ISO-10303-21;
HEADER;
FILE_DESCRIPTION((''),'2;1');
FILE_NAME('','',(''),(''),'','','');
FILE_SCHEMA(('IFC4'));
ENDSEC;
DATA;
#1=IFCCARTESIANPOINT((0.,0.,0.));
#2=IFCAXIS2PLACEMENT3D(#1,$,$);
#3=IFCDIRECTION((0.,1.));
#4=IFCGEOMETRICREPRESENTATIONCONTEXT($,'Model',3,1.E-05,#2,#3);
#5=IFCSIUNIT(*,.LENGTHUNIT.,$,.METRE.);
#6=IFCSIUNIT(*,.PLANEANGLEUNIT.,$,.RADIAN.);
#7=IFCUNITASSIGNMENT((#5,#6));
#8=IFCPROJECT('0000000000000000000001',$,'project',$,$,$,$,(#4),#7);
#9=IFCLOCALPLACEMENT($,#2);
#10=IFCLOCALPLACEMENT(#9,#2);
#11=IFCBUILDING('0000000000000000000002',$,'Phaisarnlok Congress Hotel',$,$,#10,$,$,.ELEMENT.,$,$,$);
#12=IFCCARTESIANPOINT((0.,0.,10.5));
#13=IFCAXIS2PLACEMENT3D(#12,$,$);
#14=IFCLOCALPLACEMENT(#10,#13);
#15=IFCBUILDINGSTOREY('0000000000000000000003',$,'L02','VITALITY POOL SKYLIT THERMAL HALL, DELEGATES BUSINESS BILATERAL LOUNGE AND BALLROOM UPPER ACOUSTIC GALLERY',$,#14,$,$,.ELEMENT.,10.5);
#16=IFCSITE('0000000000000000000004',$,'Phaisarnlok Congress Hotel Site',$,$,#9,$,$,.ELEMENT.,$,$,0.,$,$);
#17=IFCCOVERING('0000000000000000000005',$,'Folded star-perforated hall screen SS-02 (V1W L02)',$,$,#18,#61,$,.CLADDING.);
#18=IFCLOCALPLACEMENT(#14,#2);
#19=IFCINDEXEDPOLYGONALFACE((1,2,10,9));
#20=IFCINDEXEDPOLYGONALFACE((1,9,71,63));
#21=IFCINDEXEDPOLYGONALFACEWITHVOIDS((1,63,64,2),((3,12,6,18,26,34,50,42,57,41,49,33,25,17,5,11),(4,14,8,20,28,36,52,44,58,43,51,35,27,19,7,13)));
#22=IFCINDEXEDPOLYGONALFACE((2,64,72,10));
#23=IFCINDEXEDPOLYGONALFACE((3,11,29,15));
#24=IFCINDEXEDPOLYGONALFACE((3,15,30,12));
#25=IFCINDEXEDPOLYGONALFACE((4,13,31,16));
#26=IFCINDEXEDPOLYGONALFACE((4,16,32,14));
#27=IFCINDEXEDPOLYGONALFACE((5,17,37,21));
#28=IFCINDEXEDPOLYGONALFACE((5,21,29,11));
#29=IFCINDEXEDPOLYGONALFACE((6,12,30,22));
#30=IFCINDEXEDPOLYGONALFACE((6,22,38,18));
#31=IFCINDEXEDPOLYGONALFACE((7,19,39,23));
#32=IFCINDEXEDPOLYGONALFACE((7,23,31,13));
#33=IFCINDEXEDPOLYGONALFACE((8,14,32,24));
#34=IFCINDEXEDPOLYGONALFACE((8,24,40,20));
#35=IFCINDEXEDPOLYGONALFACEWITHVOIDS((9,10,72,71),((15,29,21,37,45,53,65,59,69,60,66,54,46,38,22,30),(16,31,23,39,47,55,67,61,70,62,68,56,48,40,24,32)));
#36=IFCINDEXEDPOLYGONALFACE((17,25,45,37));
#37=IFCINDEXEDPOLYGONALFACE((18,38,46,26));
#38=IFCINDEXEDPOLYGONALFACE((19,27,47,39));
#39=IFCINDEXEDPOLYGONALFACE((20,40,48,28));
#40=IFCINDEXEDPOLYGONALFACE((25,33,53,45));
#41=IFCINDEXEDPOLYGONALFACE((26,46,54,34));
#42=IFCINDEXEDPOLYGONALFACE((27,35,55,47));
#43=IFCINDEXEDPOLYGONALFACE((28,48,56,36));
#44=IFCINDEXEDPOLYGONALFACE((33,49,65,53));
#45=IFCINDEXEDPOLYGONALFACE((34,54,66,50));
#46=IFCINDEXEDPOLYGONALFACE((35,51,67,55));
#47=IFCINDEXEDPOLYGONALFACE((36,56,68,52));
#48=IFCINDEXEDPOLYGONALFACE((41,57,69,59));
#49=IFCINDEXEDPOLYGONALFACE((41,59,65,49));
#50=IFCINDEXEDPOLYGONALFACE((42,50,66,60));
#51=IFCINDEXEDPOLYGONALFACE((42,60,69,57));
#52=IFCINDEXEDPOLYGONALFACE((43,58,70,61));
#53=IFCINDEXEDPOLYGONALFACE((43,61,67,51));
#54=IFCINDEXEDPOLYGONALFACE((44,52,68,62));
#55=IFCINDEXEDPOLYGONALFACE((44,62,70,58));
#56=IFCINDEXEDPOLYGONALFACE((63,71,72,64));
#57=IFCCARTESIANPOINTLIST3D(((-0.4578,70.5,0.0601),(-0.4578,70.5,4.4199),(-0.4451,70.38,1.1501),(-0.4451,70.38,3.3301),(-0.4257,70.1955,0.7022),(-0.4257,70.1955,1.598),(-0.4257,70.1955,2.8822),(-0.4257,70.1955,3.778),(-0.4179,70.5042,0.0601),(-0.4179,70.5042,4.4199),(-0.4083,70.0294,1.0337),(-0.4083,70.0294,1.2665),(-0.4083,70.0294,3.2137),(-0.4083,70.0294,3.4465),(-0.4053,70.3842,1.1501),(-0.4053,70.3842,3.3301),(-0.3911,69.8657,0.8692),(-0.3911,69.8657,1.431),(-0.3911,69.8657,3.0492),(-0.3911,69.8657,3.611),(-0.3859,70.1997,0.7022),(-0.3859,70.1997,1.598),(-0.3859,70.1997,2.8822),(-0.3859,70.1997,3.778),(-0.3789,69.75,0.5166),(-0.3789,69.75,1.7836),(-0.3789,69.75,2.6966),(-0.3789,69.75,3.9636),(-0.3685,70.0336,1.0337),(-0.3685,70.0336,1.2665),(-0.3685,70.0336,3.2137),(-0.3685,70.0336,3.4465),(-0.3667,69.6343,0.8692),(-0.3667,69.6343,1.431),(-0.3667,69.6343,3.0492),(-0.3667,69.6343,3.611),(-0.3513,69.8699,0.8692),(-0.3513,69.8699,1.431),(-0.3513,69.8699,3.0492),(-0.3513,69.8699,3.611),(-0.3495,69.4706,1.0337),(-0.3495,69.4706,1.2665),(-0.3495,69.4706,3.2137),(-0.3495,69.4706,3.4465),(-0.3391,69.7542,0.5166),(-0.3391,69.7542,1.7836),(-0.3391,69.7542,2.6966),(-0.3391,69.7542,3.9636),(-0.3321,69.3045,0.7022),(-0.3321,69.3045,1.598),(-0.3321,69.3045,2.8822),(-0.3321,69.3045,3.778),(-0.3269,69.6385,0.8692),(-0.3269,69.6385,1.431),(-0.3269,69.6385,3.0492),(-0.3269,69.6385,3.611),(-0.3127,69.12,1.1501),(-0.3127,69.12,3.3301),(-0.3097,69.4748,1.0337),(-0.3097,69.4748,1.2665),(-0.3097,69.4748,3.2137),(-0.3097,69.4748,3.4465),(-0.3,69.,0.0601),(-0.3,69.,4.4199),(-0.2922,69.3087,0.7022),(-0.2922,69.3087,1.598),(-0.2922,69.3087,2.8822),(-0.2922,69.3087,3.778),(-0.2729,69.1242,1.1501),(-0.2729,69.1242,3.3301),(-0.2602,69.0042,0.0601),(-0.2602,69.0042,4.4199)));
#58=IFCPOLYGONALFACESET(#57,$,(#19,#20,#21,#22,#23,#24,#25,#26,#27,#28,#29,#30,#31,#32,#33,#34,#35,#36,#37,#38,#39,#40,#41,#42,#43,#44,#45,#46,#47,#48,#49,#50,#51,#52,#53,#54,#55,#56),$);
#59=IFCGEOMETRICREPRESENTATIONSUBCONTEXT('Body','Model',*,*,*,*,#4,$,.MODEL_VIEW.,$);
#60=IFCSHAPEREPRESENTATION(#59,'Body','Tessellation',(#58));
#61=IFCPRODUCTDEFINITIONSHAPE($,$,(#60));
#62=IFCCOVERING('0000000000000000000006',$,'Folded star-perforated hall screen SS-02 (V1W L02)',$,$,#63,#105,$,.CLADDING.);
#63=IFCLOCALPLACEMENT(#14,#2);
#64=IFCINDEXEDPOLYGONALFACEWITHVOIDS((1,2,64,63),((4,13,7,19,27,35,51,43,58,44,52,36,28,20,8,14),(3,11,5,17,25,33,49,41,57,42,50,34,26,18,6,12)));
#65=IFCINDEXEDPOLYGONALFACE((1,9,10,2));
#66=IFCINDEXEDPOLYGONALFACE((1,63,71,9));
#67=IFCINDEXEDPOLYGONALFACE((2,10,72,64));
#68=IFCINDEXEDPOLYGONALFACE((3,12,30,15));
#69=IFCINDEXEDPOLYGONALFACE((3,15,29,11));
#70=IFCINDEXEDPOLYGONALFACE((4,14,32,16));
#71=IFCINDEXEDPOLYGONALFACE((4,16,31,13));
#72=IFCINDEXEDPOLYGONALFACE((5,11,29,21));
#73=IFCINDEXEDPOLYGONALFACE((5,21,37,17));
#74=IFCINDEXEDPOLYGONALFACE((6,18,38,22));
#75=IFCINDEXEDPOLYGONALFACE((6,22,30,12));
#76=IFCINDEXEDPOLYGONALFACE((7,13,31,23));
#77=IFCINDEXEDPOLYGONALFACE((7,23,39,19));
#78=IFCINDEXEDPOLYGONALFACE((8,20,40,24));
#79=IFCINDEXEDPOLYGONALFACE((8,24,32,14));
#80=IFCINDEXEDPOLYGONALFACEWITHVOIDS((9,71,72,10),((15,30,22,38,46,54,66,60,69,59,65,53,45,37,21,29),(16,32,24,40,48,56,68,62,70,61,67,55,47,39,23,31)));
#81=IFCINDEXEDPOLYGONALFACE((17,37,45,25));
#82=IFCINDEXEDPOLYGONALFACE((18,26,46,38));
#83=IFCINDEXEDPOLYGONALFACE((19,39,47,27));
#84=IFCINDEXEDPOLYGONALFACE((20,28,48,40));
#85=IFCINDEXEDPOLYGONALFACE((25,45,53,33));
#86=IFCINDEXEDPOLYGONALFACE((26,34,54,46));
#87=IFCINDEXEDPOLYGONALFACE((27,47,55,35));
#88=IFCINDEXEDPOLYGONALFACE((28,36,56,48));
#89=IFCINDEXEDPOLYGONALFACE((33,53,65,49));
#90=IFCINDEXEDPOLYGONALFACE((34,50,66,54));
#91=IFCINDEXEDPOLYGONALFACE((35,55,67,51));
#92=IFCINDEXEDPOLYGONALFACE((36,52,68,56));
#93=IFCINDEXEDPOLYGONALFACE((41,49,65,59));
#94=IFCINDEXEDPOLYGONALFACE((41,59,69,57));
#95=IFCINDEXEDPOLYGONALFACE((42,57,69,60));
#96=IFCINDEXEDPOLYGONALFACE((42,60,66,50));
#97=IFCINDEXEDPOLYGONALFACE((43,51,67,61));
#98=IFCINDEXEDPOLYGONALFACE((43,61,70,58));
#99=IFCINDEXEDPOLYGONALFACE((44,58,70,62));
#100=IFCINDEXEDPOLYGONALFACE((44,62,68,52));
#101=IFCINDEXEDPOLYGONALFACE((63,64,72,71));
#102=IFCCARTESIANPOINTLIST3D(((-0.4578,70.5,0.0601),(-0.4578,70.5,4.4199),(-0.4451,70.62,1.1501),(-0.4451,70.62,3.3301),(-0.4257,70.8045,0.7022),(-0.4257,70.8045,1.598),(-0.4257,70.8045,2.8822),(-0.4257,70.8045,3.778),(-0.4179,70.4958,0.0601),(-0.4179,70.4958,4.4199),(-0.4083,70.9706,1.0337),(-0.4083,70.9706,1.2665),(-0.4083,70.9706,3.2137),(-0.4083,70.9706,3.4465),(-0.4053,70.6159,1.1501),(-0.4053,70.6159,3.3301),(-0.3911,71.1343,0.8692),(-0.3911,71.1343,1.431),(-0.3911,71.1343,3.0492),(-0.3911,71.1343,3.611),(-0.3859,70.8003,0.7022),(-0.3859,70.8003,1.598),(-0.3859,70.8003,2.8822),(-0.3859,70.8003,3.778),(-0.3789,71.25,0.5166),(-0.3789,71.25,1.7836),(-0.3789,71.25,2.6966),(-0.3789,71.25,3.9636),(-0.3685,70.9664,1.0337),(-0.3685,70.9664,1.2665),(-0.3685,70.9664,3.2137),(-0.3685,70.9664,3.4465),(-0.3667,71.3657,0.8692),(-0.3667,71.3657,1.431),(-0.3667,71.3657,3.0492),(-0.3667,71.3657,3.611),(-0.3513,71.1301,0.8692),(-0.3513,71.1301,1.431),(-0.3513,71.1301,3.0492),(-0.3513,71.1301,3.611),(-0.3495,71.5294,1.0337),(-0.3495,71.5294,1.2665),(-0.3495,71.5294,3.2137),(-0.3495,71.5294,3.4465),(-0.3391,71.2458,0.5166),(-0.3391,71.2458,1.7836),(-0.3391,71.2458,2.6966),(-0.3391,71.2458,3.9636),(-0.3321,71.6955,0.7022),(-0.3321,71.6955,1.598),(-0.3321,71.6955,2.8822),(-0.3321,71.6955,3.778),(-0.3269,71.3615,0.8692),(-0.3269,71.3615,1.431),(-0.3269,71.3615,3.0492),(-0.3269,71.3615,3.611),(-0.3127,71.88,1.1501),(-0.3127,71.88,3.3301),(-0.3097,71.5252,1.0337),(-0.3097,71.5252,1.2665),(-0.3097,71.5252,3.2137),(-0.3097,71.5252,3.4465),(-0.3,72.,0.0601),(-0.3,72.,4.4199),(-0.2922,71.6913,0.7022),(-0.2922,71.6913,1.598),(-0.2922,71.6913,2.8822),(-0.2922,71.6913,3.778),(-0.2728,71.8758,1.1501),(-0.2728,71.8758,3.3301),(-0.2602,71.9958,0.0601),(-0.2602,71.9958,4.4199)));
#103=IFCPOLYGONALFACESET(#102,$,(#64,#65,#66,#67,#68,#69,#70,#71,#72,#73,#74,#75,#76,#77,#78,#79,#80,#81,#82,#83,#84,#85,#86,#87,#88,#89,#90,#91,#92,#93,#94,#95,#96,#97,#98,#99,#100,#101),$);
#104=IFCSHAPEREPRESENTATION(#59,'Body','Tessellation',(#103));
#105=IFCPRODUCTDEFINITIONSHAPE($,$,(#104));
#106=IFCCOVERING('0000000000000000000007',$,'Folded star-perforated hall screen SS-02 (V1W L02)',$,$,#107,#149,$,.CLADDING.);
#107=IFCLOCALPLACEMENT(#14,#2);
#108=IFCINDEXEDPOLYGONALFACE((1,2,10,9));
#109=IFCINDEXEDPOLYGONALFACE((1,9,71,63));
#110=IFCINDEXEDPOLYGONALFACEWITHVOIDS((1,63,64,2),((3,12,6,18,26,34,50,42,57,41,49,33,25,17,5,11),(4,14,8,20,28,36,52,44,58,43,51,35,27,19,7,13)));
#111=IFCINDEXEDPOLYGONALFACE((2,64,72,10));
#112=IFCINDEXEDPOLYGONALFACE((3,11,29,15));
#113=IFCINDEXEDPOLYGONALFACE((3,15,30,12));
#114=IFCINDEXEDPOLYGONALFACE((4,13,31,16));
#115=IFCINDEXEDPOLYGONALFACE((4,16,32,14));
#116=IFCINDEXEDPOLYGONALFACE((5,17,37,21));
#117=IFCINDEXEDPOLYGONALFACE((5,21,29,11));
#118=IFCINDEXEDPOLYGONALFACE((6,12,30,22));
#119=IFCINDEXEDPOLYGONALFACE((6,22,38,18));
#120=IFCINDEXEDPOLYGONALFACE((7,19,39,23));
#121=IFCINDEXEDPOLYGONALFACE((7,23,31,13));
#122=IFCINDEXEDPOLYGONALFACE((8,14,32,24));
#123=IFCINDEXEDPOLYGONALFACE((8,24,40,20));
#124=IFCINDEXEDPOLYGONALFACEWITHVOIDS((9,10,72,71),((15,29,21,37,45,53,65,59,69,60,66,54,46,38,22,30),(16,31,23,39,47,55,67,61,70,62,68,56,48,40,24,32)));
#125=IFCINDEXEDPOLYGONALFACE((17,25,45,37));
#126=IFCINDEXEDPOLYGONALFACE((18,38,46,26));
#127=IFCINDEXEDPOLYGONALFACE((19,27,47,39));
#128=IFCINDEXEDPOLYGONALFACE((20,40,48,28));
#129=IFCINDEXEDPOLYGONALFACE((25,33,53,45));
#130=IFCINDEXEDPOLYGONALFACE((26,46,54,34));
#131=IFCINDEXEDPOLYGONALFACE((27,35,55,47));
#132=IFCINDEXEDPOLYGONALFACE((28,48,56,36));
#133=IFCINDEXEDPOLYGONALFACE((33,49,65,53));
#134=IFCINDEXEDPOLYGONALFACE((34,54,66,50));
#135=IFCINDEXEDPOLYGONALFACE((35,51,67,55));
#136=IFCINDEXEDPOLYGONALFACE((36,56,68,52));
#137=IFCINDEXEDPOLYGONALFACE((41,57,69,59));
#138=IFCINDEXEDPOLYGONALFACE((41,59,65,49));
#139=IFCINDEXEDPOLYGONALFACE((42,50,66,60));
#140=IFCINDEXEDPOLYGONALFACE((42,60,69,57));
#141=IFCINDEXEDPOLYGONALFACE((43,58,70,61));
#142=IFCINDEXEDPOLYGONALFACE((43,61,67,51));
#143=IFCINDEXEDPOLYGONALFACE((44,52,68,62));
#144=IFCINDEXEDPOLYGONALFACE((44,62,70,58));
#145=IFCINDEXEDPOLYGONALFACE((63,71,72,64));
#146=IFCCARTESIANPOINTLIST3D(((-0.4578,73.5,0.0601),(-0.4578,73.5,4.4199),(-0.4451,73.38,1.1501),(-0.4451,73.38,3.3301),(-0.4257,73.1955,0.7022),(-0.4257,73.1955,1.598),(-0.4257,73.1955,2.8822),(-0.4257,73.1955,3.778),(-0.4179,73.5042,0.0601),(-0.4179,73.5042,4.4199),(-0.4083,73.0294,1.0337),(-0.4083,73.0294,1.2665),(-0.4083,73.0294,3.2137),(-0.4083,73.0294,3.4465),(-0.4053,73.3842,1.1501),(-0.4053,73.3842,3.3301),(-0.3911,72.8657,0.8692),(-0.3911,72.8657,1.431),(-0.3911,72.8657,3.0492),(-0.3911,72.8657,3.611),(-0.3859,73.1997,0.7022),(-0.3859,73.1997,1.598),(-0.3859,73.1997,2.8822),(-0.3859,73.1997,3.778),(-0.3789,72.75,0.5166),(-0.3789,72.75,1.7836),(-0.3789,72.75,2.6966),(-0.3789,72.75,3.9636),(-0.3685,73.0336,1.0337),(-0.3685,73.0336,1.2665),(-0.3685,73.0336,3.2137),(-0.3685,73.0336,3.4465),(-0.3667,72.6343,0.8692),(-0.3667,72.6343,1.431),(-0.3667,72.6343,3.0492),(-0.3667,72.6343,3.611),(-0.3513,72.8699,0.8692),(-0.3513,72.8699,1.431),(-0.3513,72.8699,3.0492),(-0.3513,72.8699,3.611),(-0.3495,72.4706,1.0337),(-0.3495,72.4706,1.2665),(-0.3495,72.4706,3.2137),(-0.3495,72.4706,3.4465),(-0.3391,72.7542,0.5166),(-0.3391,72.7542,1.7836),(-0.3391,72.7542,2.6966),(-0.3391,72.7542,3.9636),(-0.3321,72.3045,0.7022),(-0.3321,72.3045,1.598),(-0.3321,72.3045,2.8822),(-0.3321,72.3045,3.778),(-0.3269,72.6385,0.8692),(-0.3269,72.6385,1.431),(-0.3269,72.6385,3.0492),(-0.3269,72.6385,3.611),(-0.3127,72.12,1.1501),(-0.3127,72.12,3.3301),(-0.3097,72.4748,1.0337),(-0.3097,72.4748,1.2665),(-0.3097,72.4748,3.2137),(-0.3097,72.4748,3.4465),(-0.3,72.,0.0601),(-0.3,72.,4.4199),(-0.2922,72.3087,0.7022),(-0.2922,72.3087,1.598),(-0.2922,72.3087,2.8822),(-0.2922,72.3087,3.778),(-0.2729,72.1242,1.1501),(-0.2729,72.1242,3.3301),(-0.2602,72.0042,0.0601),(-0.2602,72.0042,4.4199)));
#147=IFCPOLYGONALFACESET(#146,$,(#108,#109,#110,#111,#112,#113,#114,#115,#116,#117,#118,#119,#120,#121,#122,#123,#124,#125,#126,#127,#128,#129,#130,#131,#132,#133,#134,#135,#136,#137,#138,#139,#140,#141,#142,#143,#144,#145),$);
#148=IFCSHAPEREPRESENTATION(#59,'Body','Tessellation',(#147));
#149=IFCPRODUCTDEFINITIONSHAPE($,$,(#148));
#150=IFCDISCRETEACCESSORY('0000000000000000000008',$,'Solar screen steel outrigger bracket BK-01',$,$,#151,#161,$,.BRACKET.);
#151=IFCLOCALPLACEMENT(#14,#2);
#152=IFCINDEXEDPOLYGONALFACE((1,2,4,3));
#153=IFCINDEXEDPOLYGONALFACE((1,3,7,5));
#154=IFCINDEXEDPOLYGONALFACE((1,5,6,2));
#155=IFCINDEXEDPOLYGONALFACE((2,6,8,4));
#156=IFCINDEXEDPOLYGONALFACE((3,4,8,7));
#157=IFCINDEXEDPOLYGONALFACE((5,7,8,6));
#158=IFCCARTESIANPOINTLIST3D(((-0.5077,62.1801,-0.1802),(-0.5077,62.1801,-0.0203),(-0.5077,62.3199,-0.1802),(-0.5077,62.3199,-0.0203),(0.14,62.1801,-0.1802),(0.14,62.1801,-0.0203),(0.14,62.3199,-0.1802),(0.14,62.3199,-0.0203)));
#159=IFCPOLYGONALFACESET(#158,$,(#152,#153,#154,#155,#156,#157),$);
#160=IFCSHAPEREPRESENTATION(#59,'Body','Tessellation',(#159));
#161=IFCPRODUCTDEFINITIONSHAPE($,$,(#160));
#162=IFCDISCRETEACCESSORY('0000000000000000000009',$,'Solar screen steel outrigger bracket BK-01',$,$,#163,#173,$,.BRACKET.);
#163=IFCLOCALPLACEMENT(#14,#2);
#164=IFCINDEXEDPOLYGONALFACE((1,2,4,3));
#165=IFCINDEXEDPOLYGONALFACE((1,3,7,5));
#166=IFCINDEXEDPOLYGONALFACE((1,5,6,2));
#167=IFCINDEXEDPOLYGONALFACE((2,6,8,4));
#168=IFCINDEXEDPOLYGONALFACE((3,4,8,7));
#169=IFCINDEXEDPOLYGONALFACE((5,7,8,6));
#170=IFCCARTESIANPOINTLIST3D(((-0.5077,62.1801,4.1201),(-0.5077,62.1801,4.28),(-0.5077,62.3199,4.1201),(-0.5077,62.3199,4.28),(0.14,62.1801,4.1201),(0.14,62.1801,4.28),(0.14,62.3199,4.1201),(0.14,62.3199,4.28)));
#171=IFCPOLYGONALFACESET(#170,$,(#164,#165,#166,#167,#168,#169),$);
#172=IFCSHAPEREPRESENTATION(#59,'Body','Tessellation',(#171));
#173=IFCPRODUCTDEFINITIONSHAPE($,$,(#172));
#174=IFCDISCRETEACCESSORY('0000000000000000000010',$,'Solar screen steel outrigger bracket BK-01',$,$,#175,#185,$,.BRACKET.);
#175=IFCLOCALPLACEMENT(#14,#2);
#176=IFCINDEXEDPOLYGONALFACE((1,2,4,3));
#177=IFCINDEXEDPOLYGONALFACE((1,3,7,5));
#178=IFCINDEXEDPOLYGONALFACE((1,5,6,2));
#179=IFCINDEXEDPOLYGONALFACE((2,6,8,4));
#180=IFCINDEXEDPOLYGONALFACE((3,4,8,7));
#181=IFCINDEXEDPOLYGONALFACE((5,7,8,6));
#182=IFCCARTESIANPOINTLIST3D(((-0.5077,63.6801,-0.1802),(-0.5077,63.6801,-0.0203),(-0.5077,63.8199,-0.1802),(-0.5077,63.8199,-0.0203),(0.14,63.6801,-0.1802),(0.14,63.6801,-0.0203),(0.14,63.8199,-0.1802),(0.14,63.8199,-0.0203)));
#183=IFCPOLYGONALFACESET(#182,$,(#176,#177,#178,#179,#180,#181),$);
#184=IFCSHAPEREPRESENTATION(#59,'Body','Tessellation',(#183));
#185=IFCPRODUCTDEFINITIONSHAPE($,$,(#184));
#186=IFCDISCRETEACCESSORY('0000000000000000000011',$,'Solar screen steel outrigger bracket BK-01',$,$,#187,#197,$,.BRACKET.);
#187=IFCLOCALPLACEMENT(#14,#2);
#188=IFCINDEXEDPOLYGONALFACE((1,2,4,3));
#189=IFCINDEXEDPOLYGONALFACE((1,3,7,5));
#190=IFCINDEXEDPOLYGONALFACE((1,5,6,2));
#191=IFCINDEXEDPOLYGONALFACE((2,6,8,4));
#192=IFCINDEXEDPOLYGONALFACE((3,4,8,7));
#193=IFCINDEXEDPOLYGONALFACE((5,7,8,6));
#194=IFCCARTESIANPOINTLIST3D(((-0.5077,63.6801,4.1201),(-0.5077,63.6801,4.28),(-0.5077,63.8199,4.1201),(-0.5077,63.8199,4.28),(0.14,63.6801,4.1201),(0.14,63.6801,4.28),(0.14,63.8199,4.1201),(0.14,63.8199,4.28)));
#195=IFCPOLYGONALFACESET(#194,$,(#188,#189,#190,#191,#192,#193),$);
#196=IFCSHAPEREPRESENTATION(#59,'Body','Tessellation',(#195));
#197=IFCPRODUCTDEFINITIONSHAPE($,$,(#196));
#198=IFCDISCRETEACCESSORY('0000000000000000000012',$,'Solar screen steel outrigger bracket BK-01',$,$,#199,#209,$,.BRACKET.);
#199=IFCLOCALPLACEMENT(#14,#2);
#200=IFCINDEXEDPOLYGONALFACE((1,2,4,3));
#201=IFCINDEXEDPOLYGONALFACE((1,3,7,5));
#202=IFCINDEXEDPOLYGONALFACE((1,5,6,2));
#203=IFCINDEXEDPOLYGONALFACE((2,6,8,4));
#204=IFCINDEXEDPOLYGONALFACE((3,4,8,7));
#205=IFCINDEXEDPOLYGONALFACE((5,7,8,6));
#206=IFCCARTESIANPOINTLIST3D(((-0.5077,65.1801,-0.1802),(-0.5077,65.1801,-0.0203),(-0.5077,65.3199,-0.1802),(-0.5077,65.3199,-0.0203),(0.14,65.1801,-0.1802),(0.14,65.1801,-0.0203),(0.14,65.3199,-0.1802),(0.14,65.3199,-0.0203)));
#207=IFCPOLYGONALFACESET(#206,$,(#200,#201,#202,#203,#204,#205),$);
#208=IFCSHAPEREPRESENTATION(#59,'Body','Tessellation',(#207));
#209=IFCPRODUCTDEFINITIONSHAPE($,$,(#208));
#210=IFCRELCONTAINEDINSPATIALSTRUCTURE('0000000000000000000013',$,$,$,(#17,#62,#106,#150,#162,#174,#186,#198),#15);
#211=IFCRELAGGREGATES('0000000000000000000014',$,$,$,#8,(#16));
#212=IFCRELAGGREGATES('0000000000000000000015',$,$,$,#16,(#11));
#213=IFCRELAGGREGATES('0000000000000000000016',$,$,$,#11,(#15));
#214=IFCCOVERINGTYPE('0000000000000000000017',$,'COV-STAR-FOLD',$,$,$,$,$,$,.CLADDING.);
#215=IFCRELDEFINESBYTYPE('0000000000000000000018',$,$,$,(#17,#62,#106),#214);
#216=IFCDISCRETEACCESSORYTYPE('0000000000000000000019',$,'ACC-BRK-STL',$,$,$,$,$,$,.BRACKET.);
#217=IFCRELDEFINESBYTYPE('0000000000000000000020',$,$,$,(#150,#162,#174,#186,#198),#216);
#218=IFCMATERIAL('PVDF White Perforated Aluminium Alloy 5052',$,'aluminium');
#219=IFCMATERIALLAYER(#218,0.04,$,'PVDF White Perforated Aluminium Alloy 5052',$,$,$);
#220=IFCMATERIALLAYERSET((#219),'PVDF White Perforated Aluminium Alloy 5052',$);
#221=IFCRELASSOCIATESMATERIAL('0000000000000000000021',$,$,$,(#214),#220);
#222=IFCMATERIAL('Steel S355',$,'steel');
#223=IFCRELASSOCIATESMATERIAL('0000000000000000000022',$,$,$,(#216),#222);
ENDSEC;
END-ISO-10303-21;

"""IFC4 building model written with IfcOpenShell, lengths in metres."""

from ifc_helpers import new_model, si_unit, direction, frame, origin, origin_2d, place, context, subcontext, project, spatial, polyline, rectangle, outline, extrude, material, layer, layer_set, type_object, element, save


model = new_model("IFC4")

# Units and contexts
model_context = context("Model", 3, precision=1e-05, world=origin(), true_north=direction((0.0, 1.0)))
body_context = subcontext(model_context, "Body", "Model", "MODEL_VIEW")
ifc_project = project(units=[si_unit("LENGTHUNIT", "METRE"), si_unit("PLANEANGLEUNIT", "RADIAN")], contexts=[model_context])

# Site, building, storey
site_placement = place(None, origin())
site = spatial("IfcSite", under=ifc_project, at=site_placement, Name="Phaisarnlok Congress Hotel Site", CompositionType="ELEMENT", RefElevation=0.0)
building_placement = place(site_placement, origin())
building = spatial("IfcBuilding", under=site, at=building_placement, Name="Phaisarnlok Congress Hotel", CompositionType="ELEMENT")
storey_placement = place(building_placement, frame((0.0, 0.0, 10.5)))
storey = spatial("IfcBuildingStorey", under=building, at=storey_placement, Name="L02", Description="VITALITY POOL SKYLIT THERMAL HALL, DELEGATES BUSINESS BILATERAL LOUNGE AND BALLROOM UPPER ACOUSTIC GALLERY", CompositionType="ELEMENT", Elevation=10.5)

# Coverings
ifc_material_1 = material(Name="PVDF White Perforated Aluminium Alloy 5052", Category="aluminium")
ifc_layer = layer(ifc_material_1, 0.04, Name="PVDF White Perforated Aluminium Alloy 5052")
ifc_layer_set = layer_set([ifc_layer], Name="PVDF White Perforated Aluminium Alloy 5052")
covering_type = type_object("IfcCoveringType", Name="COV-STAR-FOLD", PredefinedType="CLADDING", material=ifc_layer_set)
for number, where, z_axis, x_axis, name in (
    (1, (-0.3, 69.0, 0.0601), (0.994518, 0.104567, 0.0), (-0.104567, 0.994518, 0.0), "Folded star-perforated hall screen SS-02 (V1W L02)"),
    (2, (-0.4578, 70.5, 0.0601), (0.994518, -0.104567, 0.0), (0.104567, 0.994518, 0.0), "Folded star-perforated hall screen SS-02 (V1W L02)"),
    (3, (-0.3, 72.0, 0.0601), (0.994518, 0.104567, 0.0), (-0.104567, 0.994518, 0.0), "Folded star-perforated hall screen SS-02 (V1W L02)"),
):
    element("IfcCovering", number, at=place(storey_placement, frame(where, z_axis=z_axis, x_axis=x_axis)), inside=storey, type_object=covering_type, Name=name, PredefinedType="CLADDING", context=body_context, shape_type="SweptSolid", body=[
        extrude(outline(polyline([(0.0, 0.0), (1.5083, 0.0), (1.5083, 4.3599), (0.0, 4.3599), (0.0, 0.0)]), holes=[polyline([(1.0351, 0.9736), (1.2021, 0.6421), (0.8705, 0.8091), (0.7541, 0.4565), (0.6378, 0.8091), (0.3062, 0.6421), (0.4732, 0.9736), (0.1207, 1.09), (0.4732, 1.2064), (0.3062, 1.5379), (0.6378, 1.3709), (0.7541, 1.7235), (0.8705, 1.3709), (1.2021, 1.5379), (1.0351, 1.2064), (1.3876, 1.09), (1.0351, 0.9736)]), polyline([(1.0351, 3.1536), (1.2021, 2.8221), (0.8705, 2.9891), (0.7541, 2.6365), (0.6378, 2.9891), (0.3062, 2.8221), (0.4732, 3.1536), (0.1207, 3.27), (0.4732, 3.3864), (0.3062, 3.7179), (0.6378, 3.5509), (0.7541, 3.9035), (0.8705, 3.5509), (1.2021, 3.7179), (1.0351, 3.3864), (1.3876, 3.27), (1.0351, 3.1536)])]), origin(), (0.0, 0.0, 1.0), 0.04),
    ])

# Discrete accessories
ifc_material_2 = material(Name="Steel S355", Category="steel")
discrete_accessory_type = type_object("IfcDiscreteAccessoryType", Name="ACC-BRK-STL", PredefinedType="BRACKET", material=ifc_material_2)
for number, where, z_axis, x_axis, name in (
    (4, (-0.1838, 62.25, -0.1802), (0.0, 0.0, 1.0), (1.0, 0.0, 0.0), "Solar screen steel outrigger bracket BK-01"),
    (5, (-0.1838, 62.25, 4.1201), (0.0, 0.0, 1.0), (1.0, 0.0, 0.0), "Solar screen steel outrigger bracket BK-01"),
    (6, (-0.1838, 63.75, -0.1802), (0.0, 0.0, 1.0), (1.0, 0.0, 0.0), "Solar screen steel outrigger bracket BK-01"),
    (7, (-0.1838, 63.75, 4.1201), (0.0, 0.0, 1.0), (1.0, 0.0, 0.0), "Solar screen steel outrigger bracket BK-01"),
    (8, (-0.1838, 65.25, -0.1802), (0.0, 0.0, 1.0), (1.0, 0.0, 0.0), "Solar screen steel outrigger bracket BK-01"),
):
    element("IfcDiscreteAccessory", number, at=place(storey_placement, frame(where, z_axis=z_axis, x_axis=x_axis)), inside=storey, type_object=discrete_accessory_type, Name=name, PredefinedType="BRACKET", context=body_context, shape_type="SweptSolid", body=[
        extrude(rectangle(XDim=0.6477, YDim=0.1399, at=origin_2d()), origin(), (0.0, 0.0, 1.0), 0.1599),
    ])

save(model, "model.ifc")
